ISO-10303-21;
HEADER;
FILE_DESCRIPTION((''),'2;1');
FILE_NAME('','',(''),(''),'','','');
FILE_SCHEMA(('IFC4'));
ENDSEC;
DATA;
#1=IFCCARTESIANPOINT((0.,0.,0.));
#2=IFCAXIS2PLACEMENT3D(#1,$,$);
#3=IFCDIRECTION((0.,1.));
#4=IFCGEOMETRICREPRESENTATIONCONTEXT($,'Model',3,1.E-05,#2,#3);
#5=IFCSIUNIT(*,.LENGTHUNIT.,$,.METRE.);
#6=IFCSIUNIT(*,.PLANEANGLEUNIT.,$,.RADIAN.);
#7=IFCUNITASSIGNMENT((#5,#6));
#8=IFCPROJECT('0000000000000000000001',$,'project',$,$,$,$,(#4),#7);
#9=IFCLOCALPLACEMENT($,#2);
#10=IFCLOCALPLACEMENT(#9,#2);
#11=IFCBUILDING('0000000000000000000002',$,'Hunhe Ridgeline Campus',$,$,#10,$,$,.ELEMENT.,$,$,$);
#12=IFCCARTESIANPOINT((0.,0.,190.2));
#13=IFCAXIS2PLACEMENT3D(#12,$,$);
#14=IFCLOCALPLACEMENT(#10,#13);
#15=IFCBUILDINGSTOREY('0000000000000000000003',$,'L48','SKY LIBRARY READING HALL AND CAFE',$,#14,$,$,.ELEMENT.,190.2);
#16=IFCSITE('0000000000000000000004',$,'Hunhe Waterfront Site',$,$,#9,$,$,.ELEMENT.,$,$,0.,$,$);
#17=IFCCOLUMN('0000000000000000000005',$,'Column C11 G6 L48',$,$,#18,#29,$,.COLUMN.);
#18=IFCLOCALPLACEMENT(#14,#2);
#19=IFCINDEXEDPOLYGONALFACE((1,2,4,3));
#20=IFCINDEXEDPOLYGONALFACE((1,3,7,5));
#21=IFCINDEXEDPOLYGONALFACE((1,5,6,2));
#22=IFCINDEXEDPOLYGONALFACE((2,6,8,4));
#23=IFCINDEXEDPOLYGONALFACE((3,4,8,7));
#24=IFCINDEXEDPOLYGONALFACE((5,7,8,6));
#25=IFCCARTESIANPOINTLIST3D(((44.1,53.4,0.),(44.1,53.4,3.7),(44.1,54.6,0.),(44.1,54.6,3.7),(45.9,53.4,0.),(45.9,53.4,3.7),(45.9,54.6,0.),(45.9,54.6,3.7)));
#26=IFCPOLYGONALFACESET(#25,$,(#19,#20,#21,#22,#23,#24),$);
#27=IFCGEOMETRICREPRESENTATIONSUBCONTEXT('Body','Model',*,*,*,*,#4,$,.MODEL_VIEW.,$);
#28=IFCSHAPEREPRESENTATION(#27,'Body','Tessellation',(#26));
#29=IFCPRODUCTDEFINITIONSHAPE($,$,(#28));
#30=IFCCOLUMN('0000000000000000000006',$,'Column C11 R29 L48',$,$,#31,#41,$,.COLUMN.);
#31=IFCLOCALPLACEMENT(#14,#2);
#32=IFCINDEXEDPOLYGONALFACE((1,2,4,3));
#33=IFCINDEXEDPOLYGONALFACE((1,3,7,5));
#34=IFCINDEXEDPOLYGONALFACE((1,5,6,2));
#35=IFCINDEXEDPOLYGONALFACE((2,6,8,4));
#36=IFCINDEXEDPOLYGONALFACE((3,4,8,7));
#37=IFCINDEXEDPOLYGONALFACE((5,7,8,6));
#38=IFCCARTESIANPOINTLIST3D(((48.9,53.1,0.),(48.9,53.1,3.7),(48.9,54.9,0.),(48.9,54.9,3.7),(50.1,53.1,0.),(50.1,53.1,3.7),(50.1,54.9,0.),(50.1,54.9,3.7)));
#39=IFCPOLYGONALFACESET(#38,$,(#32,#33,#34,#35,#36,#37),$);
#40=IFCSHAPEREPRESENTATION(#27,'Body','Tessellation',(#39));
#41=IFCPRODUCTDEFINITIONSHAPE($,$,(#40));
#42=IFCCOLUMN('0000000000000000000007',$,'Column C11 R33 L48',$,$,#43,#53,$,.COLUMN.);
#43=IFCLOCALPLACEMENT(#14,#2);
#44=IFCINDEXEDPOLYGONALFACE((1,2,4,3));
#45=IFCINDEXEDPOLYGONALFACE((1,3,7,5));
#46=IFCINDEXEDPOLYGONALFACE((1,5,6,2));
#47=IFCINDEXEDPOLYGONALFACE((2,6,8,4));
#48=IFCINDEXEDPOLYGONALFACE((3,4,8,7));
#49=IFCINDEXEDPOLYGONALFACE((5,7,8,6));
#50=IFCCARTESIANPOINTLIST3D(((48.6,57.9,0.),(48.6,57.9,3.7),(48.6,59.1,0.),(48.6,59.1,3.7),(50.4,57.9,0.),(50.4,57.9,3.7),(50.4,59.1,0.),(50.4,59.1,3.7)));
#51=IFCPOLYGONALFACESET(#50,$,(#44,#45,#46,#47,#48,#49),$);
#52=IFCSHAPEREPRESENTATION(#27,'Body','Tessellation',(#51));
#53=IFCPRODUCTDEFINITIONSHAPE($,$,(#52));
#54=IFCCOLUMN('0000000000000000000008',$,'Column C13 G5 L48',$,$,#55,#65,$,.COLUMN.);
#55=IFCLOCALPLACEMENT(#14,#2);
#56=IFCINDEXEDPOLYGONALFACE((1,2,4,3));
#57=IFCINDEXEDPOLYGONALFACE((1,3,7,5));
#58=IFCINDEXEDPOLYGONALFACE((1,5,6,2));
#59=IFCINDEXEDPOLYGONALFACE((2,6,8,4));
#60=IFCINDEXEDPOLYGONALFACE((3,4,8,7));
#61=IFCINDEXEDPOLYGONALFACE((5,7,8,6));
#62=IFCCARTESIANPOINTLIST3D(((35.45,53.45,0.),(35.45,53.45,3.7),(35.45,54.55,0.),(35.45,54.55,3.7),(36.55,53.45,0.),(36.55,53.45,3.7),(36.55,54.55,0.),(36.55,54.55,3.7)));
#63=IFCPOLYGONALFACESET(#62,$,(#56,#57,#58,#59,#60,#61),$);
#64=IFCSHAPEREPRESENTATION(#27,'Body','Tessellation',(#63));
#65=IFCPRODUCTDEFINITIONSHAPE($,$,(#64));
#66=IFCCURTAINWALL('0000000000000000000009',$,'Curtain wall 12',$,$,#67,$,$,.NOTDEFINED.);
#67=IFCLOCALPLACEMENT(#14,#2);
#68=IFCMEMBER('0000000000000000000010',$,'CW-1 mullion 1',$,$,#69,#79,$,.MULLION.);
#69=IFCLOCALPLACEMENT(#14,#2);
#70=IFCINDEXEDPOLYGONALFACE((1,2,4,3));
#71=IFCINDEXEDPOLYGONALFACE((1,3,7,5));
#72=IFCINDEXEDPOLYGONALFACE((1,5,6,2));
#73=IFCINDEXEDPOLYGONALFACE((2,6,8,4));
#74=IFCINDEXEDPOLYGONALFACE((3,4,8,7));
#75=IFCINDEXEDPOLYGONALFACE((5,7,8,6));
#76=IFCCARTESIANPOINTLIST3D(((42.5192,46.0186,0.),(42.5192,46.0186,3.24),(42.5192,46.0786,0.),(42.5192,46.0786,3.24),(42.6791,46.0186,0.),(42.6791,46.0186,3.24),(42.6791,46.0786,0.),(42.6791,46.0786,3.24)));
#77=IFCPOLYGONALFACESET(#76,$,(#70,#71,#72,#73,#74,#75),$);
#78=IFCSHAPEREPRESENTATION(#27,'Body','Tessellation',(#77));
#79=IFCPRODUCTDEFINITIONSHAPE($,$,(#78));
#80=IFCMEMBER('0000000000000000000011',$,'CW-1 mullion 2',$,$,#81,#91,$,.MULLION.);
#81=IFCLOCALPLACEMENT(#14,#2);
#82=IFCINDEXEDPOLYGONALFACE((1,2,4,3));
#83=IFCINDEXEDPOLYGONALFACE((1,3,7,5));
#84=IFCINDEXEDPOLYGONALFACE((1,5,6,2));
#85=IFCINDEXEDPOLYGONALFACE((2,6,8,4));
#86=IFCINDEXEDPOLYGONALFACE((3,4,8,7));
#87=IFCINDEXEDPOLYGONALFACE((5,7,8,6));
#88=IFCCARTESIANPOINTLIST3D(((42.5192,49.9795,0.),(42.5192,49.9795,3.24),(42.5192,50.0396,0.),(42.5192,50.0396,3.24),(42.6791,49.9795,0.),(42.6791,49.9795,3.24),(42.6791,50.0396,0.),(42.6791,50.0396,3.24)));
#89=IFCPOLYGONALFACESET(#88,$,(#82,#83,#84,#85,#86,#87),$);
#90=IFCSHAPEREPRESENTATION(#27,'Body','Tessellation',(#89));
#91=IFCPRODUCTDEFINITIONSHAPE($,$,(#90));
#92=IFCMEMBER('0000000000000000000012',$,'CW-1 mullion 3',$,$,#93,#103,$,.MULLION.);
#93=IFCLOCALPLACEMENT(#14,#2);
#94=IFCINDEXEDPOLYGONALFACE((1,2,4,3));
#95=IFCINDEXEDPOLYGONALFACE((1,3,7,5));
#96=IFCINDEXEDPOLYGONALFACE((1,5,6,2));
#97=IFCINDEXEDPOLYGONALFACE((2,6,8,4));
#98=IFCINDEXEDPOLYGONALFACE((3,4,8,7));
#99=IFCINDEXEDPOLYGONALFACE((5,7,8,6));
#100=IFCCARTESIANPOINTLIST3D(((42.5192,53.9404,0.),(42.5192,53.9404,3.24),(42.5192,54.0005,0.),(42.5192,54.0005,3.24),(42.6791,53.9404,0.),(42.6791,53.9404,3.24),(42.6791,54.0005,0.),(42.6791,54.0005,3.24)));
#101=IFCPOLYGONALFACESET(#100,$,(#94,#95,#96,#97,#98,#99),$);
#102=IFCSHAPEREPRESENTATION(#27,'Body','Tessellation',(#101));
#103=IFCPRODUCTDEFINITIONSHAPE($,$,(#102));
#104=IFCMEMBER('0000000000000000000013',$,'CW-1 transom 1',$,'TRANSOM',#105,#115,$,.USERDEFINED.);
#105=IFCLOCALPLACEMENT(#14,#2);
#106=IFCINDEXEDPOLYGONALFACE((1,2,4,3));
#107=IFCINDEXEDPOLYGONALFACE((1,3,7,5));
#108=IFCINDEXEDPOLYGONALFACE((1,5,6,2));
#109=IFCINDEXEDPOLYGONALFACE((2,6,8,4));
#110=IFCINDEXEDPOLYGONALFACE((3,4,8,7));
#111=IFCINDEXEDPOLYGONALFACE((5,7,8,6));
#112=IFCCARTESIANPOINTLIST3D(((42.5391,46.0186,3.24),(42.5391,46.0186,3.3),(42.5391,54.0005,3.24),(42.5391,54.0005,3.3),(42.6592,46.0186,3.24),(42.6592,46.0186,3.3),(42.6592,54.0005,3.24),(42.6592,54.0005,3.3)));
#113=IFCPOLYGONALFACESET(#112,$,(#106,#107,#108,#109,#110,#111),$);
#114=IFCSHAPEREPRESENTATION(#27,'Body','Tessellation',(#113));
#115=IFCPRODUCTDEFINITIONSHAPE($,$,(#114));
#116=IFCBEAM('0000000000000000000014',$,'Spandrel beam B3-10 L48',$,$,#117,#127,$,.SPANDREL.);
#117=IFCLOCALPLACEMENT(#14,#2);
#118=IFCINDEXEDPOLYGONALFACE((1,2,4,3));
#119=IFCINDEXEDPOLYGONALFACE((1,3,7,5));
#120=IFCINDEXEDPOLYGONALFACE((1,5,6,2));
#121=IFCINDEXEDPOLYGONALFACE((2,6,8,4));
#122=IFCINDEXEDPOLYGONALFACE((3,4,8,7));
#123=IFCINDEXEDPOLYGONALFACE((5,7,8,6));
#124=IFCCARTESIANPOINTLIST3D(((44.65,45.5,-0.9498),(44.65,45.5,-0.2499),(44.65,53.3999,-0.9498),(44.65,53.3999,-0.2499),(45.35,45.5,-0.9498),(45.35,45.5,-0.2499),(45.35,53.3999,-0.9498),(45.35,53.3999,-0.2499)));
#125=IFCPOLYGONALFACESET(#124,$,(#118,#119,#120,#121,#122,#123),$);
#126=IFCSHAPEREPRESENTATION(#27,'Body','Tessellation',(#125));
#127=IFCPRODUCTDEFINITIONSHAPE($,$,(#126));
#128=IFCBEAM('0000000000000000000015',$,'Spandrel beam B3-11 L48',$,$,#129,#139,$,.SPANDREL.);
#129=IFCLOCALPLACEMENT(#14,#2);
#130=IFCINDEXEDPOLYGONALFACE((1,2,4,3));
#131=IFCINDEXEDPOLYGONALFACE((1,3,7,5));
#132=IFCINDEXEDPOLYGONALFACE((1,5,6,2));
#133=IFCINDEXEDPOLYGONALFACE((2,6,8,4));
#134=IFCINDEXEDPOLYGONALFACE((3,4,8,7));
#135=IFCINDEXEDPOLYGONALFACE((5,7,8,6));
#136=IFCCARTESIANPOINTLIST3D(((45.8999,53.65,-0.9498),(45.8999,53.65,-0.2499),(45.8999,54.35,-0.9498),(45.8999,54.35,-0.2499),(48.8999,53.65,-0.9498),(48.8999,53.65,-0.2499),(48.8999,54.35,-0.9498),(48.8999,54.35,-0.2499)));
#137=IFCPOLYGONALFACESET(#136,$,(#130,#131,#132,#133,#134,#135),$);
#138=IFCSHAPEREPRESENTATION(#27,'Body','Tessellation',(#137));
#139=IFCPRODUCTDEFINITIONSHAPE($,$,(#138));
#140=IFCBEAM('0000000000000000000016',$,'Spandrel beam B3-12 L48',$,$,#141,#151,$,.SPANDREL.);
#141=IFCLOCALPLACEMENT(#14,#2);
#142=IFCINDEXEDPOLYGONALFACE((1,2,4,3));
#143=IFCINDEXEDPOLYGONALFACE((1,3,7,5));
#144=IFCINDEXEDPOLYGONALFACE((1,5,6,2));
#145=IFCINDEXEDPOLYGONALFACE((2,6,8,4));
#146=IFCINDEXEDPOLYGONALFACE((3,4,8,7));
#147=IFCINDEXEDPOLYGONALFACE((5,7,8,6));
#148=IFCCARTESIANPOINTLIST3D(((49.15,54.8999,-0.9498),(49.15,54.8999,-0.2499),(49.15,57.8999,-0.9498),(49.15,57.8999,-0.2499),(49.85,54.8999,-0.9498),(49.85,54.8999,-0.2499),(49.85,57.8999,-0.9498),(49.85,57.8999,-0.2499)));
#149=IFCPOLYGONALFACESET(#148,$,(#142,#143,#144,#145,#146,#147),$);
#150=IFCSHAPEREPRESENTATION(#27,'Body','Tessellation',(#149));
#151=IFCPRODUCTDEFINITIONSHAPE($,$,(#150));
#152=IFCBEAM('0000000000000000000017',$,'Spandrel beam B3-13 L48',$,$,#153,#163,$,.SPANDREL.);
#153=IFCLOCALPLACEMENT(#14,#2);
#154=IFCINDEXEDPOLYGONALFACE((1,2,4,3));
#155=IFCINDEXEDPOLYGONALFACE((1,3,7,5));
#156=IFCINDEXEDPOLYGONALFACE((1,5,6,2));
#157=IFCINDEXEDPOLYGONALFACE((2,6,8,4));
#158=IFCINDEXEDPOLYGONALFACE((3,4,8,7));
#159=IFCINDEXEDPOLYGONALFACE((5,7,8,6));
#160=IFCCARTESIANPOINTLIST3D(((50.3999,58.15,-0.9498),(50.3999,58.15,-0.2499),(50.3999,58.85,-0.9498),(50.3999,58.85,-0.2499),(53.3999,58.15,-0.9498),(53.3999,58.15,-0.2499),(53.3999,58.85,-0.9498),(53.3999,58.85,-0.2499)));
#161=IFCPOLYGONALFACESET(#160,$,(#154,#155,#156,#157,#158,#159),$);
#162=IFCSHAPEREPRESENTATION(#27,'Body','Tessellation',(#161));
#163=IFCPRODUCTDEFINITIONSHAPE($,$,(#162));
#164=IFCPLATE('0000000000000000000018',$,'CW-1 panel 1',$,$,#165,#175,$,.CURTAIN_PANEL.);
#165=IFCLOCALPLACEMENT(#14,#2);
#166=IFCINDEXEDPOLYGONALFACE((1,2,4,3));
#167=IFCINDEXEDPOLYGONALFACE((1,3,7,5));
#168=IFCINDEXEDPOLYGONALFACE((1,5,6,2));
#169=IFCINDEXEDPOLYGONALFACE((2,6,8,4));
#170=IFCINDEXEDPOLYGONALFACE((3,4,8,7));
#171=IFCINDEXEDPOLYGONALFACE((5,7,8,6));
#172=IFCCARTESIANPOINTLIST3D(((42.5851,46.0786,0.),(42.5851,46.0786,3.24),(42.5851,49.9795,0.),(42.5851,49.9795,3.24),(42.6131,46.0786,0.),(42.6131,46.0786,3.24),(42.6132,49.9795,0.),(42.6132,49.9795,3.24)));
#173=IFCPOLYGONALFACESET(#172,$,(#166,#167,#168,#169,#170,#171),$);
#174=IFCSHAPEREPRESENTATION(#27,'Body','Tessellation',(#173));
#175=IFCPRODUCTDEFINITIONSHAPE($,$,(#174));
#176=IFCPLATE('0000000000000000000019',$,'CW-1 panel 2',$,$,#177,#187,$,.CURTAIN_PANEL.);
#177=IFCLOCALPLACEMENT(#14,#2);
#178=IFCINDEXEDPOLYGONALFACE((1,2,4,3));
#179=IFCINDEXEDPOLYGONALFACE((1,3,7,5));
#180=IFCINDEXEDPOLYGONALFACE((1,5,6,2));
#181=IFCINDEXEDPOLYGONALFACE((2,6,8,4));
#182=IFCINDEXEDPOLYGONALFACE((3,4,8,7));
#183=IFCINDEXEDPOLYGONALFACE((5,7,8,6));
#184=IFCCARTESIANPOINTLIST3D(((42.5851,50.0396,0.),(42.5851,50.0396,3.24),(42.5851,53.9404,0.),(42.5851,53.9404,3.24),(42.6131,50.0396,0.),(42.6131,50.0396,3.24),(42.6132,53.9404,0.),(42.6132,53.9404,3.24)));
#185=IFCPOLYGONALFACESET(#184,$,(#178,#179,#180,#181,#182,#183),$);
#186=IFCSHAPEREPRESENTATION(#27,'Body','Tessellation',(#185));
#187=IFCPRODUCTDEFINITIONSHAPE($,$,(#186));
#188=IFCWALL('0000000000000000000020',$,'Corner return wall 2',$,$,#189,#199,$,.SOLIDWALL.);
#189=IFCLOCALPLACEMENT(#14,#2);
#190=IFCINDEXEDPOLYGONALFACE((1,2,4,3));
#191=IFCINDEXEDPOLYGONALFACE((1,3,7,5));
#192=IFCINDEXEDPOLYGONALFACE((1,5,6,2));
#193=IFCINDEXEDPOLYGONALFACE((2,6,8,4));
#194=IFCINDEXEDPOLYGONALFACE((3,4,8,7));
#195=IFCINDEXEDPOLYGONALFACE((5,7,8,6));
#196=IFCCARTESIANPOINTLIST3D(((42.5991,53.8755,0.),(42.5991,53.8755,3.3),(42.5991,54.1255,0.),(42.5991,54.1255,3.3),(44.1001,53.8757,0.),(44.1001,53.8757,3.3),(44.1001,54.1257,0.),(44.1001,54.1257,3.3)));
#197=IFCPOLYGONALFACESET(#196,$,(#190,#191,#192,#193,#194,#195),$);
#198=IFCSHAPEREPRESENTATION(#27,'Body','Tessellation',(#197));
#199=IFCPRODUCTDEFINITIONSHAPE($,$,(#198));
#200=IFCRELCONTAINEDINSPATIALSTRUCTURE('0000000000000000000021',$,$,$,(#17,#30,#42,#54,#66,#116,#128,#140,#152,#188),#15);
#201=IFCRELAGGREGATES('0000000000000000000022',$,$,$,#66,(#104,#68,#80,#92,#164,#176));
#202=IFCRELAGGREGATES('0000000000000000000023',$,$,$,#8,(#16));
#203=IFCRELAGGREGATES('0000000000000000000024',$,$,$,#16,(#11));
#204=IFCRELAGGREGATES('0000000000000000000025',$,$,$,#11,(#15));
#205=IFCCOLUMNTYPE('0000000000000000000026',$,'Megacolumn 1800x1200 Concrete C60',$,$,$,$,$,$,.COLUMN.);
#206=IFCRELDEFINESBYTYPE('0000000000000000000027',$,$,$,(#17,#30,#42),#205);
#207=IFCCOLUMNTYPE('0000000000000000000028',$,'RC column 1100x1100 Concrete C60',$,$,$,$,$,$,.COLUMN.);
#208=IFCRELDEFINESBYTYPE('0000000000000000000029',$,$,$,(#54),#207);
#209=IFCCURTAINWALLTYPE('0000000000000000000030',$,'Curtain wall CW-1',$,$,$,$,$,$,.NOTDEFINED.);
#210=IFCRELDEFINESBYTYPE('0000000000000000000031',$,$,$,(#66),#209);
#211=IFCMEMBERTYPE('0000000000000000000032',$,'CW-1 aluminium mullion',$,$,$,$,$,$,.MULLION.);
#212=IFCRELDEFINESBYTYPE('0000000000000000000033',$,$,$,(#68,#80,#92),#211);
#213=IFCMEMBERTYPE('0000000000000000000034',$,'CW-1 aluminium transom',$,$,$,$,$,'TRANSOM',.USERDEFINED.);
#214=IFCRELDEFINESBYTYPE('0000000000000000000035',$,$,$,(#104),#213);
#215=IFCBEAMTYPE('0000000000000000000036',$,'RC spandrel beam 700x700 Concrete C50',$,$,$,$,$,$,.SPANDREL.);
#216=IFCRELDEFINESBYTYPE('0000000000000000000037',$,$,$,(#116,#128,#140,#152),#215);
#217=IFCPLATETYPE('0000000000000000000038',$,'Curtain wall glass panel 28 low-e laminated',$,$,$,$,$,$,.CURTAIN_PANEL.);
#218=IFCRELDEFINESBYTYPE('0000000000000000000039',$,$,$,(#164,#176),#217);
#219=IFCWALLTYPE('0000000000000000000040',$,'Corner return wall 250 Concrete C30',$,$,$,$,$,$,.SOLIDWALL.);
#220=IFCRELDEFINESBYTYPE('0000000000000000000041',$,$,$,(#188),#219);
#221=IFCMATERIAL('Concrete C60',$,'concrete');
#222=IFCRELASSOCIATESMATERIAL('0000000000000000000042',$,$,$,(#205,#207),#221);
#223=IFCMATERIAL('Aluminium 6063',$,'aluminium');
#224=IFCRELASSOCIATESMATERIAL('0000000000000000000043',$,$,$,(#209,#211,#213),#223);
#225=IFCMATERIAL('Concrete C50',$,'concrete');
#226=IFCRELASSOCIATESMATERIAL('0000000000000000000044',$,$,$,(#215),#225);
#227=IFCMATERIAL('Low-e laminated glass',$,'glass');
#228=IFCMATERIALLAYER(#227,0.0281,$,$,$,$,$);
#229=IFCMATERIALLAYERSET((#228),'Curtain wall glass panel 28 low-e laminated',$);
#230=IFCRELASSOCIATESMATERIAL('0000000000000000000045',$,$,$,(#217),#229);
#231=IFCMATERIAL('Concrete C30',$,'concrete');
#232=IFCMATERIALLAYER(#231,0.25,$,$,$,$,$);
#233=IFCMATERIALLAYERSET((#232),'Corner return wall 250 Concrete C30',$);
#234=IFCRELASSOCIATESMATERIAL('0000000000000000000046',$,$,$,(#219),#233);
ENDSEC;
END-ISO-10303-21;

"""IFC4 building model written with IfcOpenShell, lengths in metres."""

from ifc_helpers import new_model, si_unit, direction, frame, frame_2d, origin, origin_2d, place, context, subcontext, project, spatial, rectangle, extrude, material, layer, layer_set, material_profile, profile_set, type_object, element, aggregate, save


model = new_model("IFC4")

# Units and contexts
model_context = context("Model", 3, precision=1e-05, world=origin(), true_north=direction((0.0, 1.0)))
body_context = subcontext(model_context, "Body", "Model", "MODEL_VIEW")
ifc_project = project(units=[si_unit("LENGTHUNIT", "METRE"), si_unit("PLANEANGLEUNIT", "RADIAN")], contexts=[model_context])

# Site, building, storey
site_placement = place(None, origin())
site = spatial("IfcSite", under=ifc_project, at=site_placement, Name="Hunhe Waterfront Site", CompositionType="ELEMENT", RefElevation=0.0)
building_placement = place(site_placement, origin())
building = spatial("IfcBuilding", under=site, at=building_placement, Name="Hunhe Ridgeline Campus", CompositionType="ELEMENT")
storey_placement = place(building_placement, frame((0.0, 0.0, 190.2)))
storey = spatial("IfcBuildingStorey", under=building, at=storey_placement, Name="L48", Description="SKY LIBRARY READING HALL AND CAFE", CompositionType="ELEMENT", Elevation=190.2)

# Columns
ifc_material_1 = material(Name="Concrete C60", Category="concrete")
ifc_material_profile_1 = material_profile(ifc_material_1, rectangle(XDim=1.8, YDim=1.2, at=origin_2d()))
ifc_profile_set_1 = profile_set([ifc_material_profile_1], Name="Concrete C60")
column_type_1 = type_object("IfcColumnType", Name="Megacolumn 1800x1200 Concrete C60", PredefinedType="COLUMN", material=ifc_profile_set_1)
for number, where, z_axis, x_axis, name in (
    (1, (45.0, 54.0, 0.0), (0.0, 0.0, 1.0), (1.0, 0.0, 0.0), "Column C11 G6 L48"),
    (2, (49.5, 54.0, 0.0), (0.0, 0.0, 1.0), (0.0, 1.0, 0.0), "Column C11 R29 L48"),
    (3, (49.5, 58.5, 0.0), (0.0, 0.0, 1.0), (1.0, 0.0, 0.0), "Column C11 R33 L48"),
):
    element("IfcColumn", number, at=place(storey_placement, frame(where, z_axis=z_axis, x_axis=x_axis)), inside=storey, type_object=column_type_1, Name=name, PredefinedType="COLUMN", context=body_context, shape_type="SweptSolid", body=[
        extrude(rectangle(XDim=1.8, YDim=1.2, at=origin_2d()), origin(), (0.0, 0.0, 1.0), 3.7),
    ])
ifc_material_profile_2 = material_profile(ifc_material_1, rectangle(XDim=1.1001, YDim=1.1001, at=origin_2d()))
ifc_profile_set_2 = profile_set([ifc_material_profile_2], Name="Concrete C60")
column_type_2 = type_object("IfcColumnType", Name="RC column 1100x1100 Concrete C60", PredefinedType="COLUMN", material=ifc_profile_set_2)
column_placement = place(storey_placement, frame((36.0, 54.0, 0.0), z_axis=(0.0, 0.0, 1.0), x_axis=(1.0, 0.0, 0.0)))
element("IfcColumn", 4, at=column_placement, inside=storey, type_object=column_type_2, Name="Column C13 G5 L48", PredefinedType="COLUMN", context=body_context, shape_type="SweptSolid", body=[
    extrude(rectangle(XDim=1.1001, YDim=1.1001, at=origin_2d()), origin(), (0.0, 0.0, 1.0), 3.7),
])

# Curtain wall, members
ifc_material_2 = material(Name="Aluminium 6063", Category="aluminium")
curtain_wall_type = type_object("IfcCurtainWallType", Name="Curtain wall CW-1", PredefinedType="NOTDEFINED", material=ifc_material_2)
curtain_wall_placement = place(storey_placement, origin())
curtain_wall = element("IfcCurtainWall", 5, at=curtain_wall_placement, inside=storey, type_object=curtain_wall_type, Name="Curtain wall 12", PredefinedType="NOTDEFINED")
ifc_material_profile_3 = material_profile(ifc_material_2, rectangle(XDim=0.1599, YDim=0.0601, at=origin_2d()))
ifc_profile_set_3 = profile_set([ifc_material_profile_3], Name="Aluminium 6063")
member_type_1 = type_object("IfcMemberType", Name="CW-1 aluminium mullion", PredefinedType="MULLION", material=ifc_profile_set_3)
member_1_placement = place(storey_placement, frame((42.5991, 46.0486, 0.0), z_axis=(0.0, 0.0, 1.0), x_axis=(-1.0, 0.000007, 0.0)))
member_1 = element("IfcMember", 6, at=member_1_placement, type_object=member_type_1, Name="CW-1 mullion 1", PredefinedType="MULLION", context=body_context, shape_type="SweptSolid", body=[
    extrude(rectangle(XDim=0.1599, YDim=0.0601, at=origin_2d()), origin(), (0.0, 0.0, 1.0), 3.24),
])
member_2_placement = place(storey_placement, frame((42.5991, 50.0095, 0.0), z_axis=(0.0, 0.0, 1.0), x_axis=(-1.0, 0.000007, 0.0)))
member_2 = element("IfcMember", 7, at=member_2_placement, type_object=member_type_1, Name="CW-1 mullion 2", PredefinedType="MULLION", context=body_context, shape_type="SweptSolid", body=[
    extrude(rectangle(XDim=0.1599, YDim=0.0601, at=origin_2d()), origin(), (0.0, 0.0, 1.0), 3.24),
])
member_3_placement = place(storey_placement, frame((42.5991, 53.9705, 0.0), z_axis=(0.0, 0.0, 1.0), x_axis=(-1.0, 0.000007, 0.0)))
member_3 = element("IfcMember", 8, at=member_3_placement, type_object=member_type_1, Name="CW-1 mullion 3", PredefinedType="MULLION", context=body_context, shape_type="SweptSolid", body=[
    extrude(rectangle(XDim=0.1599, YDim=0.0601, at=origin_2d()), origin(), (0.0, 0.0, 1.0), 3.24),
])
ifc_material_profile_4 = material_profile(ifc_material_2, rectangle(XDim=0.1201, YDim=0.0601, at=origin_2d()))
ifc_profile_set_4 = profile_set([ifc_material_profile_4], Name="Aluminium 6063")
member_type_2 = type_object("IfcMemberType", Name="CW-1 aluminium transom", ElementType="TRANSOM", PredefinedType="USERDEFINED", material=ifc_profile_set_4)
member_4_placement = place(storey_placement, frame((42.5991, 46.0186, 3.27), z_axis=(0.0, 1.0, 0.0), x_axis=(-1.0, 0.0, 0.0)))
member_4 = element("IfcMember", 9, at=member_4_placement, type_object=member_type_2, Name="CW-1 transom 1", ObjectType="TRANSOM", PredefinedType="USERDEFINED", context=body_context, shape_type="SweptSolid", body=[
    extrude(rectangle(XDim=0.1201, YDim=0.0601, at=origin_2d()), origin(), (0.0, 0.0, 1.0), 7.9819),
])

# Beams
ifc_material_3 = material(Name="Concrete C50", Category="concrete")
ifc_material_profile_5 = material_profile(ifc_material_3, rectangle(XDim=0.7, YDim=0.7, at=origin_2d()))
ifc_profile_set_5 = profile_set([ifc_material_profile_5], Name="Concrete C50")
beam_type = type_object("IfcBeamType", Name="RC spandrel beam 700x700 Concrete C50", PredefinedType="SPANDREL", material=ifc_profile_set_5)
beam_placement = place(storey_placement, frame((45.0, 45.5, -0.5999), z_axis=(0.0, 1.0, 0.0), x_axis=(-1.0, 0.0, 0.0)))
element("IfcBeam", 10, at=beam_placement, inside=storey, type_object=beam_type, Name="Spandrel beam B3-10 L48", PredefinedType="SPANDREL", context=body_context, shape_type="SweptSolid", body=[
    extrude(rectangle(XDim=0.7, YDim=0.7, at=origin_2d()), origin(), (0.0, 0.0, 1.0), 7.8999),
])
for number, where, z_axis, x_axis, name in (
    (11, (45.8999, 54.0, -0.5999), (1.0, 0.0, 0.0), (0.0, 1.0, 0.0), "Spandrel beam B3-11 L48"),
    (12, (49.5, 54.8999, -0.5999), (0.0, 1.0, 0.0), (-1.0, 0.0, 0.0), "Spandrel beam B3-12 L48"),
    (13, (50.3999, 58.5, -0.5999), (1.0, 0.0, 0.0), (0.0, 1.0, 0.0), "Spandrel beam B3-13 L48"),
):
    element("IfcBeam", number, at=place(storey_placement, frame(where, z_axis=z_axis, x_axis=x_axis)), inside=storey, type_object=beam_type, Name=name, PredefinedType="SPANDREL", context=body_context, shape_type="SweptSolid", body=[
        extrude(rectangle(XDim=0.7, YDim=0.7, at=origin_2d()), origin(), (0.0, 0.0, 1.0), 3.0),
    ])

# Plates
ifc_material_4 = material(Name="Low-e laminated glass", Category="glass")
ifc_layer_1 = layer(ifc_material_4, 0.0281)
ifc_layer_set_1 = layer_set([ifc_layer_1], Name="Curtain wall glass panel 28 low-e laminated")
plate_type = type_object("IfcPlateType", Name="Curtain wall glass panel 28 low-e laminated", PredefinedType="CURTAIN_PANEL", material=ifc_layer_set_1)
plate_1_placement = place(storey_placement, frame((42.5991, 48.0291, 0.0), z_axis=(0.0, 0.0, 1.0), x_axis=(0.000007, 1.0, 0.0)))
plate_1 = element("IfcPlate", 14, at=plate_1_placement, type_object=plate_type, Name="CW-1 panel 1", PredefinedType="CURTAIN_PANEL", context=body_context, shape_type="SweptSolid", body=[
    extrude(rectangle(XDim=3.9009, YDim=0.0281, at=origin_2d()), origin(), (0.0, 0.0, 1.0), 3.24),
])
plate_2_placement = place(storey_placement, frame((42.5991, 51.99, 0.0), z_axis=(0.0, 0.0, 1.0), x_axis=(0.000007, 1.0, 0.0)))
plate_2 = element("IfcPlate", 15, at=plate_2_placement, type_object=plate_type, Name="CW-1 panel 2", PredefinedType="CURTAIN_PANEL", context=body_context, shape_type="SweptSolid", body=[
    extrude(rectangle(XDim=3.9009, YDim=0.0281, at=origin_2d()), origin(), (0.0, 0.0, 1.0), 3.24),
])
aggregate(curtain_wall, [member_4, member_1, member_2, member_3, plate_1, plate_2])

# Wall
ifc_material_5 = material(Name="Concrete C30", Category="concrete")
ifc_layer_2 = layer(ifc_material_5, 0.25)
ifc_layer_set_2 = layer_set([ifc_layer_2], Name="Corner return wall 250 Concrete C30")
wall_type_1 = type_object("IfcWallType", Name="Corner return wall 250 Concrete C30", PredefinedType="SOLIDWALL", material=ifc_layer_set_2)
wall_1_placement = place(storey_placement, frame((42.5991, 54.0005, 0.0), z_axis=(0.0, 0.0, 1.0), x_axis=(1.0, 0.000163, 0.0)))
element("IfcWall", 16, at=wall_1_placement, inside=storey, type_object=wall_type_1, Name="Corner return wall 2", PredefinedType="SOLIDWALL", context=body_context, shape_type="SweptSolid", body=[
    extrude(rectangle(XDim=1.501, YDim=0.25, at=frame_2d((0.7505, 0.0))), origin(), (0.0, 0.0, 1.0), 3.3),
])

save(model, "model.ifc")
